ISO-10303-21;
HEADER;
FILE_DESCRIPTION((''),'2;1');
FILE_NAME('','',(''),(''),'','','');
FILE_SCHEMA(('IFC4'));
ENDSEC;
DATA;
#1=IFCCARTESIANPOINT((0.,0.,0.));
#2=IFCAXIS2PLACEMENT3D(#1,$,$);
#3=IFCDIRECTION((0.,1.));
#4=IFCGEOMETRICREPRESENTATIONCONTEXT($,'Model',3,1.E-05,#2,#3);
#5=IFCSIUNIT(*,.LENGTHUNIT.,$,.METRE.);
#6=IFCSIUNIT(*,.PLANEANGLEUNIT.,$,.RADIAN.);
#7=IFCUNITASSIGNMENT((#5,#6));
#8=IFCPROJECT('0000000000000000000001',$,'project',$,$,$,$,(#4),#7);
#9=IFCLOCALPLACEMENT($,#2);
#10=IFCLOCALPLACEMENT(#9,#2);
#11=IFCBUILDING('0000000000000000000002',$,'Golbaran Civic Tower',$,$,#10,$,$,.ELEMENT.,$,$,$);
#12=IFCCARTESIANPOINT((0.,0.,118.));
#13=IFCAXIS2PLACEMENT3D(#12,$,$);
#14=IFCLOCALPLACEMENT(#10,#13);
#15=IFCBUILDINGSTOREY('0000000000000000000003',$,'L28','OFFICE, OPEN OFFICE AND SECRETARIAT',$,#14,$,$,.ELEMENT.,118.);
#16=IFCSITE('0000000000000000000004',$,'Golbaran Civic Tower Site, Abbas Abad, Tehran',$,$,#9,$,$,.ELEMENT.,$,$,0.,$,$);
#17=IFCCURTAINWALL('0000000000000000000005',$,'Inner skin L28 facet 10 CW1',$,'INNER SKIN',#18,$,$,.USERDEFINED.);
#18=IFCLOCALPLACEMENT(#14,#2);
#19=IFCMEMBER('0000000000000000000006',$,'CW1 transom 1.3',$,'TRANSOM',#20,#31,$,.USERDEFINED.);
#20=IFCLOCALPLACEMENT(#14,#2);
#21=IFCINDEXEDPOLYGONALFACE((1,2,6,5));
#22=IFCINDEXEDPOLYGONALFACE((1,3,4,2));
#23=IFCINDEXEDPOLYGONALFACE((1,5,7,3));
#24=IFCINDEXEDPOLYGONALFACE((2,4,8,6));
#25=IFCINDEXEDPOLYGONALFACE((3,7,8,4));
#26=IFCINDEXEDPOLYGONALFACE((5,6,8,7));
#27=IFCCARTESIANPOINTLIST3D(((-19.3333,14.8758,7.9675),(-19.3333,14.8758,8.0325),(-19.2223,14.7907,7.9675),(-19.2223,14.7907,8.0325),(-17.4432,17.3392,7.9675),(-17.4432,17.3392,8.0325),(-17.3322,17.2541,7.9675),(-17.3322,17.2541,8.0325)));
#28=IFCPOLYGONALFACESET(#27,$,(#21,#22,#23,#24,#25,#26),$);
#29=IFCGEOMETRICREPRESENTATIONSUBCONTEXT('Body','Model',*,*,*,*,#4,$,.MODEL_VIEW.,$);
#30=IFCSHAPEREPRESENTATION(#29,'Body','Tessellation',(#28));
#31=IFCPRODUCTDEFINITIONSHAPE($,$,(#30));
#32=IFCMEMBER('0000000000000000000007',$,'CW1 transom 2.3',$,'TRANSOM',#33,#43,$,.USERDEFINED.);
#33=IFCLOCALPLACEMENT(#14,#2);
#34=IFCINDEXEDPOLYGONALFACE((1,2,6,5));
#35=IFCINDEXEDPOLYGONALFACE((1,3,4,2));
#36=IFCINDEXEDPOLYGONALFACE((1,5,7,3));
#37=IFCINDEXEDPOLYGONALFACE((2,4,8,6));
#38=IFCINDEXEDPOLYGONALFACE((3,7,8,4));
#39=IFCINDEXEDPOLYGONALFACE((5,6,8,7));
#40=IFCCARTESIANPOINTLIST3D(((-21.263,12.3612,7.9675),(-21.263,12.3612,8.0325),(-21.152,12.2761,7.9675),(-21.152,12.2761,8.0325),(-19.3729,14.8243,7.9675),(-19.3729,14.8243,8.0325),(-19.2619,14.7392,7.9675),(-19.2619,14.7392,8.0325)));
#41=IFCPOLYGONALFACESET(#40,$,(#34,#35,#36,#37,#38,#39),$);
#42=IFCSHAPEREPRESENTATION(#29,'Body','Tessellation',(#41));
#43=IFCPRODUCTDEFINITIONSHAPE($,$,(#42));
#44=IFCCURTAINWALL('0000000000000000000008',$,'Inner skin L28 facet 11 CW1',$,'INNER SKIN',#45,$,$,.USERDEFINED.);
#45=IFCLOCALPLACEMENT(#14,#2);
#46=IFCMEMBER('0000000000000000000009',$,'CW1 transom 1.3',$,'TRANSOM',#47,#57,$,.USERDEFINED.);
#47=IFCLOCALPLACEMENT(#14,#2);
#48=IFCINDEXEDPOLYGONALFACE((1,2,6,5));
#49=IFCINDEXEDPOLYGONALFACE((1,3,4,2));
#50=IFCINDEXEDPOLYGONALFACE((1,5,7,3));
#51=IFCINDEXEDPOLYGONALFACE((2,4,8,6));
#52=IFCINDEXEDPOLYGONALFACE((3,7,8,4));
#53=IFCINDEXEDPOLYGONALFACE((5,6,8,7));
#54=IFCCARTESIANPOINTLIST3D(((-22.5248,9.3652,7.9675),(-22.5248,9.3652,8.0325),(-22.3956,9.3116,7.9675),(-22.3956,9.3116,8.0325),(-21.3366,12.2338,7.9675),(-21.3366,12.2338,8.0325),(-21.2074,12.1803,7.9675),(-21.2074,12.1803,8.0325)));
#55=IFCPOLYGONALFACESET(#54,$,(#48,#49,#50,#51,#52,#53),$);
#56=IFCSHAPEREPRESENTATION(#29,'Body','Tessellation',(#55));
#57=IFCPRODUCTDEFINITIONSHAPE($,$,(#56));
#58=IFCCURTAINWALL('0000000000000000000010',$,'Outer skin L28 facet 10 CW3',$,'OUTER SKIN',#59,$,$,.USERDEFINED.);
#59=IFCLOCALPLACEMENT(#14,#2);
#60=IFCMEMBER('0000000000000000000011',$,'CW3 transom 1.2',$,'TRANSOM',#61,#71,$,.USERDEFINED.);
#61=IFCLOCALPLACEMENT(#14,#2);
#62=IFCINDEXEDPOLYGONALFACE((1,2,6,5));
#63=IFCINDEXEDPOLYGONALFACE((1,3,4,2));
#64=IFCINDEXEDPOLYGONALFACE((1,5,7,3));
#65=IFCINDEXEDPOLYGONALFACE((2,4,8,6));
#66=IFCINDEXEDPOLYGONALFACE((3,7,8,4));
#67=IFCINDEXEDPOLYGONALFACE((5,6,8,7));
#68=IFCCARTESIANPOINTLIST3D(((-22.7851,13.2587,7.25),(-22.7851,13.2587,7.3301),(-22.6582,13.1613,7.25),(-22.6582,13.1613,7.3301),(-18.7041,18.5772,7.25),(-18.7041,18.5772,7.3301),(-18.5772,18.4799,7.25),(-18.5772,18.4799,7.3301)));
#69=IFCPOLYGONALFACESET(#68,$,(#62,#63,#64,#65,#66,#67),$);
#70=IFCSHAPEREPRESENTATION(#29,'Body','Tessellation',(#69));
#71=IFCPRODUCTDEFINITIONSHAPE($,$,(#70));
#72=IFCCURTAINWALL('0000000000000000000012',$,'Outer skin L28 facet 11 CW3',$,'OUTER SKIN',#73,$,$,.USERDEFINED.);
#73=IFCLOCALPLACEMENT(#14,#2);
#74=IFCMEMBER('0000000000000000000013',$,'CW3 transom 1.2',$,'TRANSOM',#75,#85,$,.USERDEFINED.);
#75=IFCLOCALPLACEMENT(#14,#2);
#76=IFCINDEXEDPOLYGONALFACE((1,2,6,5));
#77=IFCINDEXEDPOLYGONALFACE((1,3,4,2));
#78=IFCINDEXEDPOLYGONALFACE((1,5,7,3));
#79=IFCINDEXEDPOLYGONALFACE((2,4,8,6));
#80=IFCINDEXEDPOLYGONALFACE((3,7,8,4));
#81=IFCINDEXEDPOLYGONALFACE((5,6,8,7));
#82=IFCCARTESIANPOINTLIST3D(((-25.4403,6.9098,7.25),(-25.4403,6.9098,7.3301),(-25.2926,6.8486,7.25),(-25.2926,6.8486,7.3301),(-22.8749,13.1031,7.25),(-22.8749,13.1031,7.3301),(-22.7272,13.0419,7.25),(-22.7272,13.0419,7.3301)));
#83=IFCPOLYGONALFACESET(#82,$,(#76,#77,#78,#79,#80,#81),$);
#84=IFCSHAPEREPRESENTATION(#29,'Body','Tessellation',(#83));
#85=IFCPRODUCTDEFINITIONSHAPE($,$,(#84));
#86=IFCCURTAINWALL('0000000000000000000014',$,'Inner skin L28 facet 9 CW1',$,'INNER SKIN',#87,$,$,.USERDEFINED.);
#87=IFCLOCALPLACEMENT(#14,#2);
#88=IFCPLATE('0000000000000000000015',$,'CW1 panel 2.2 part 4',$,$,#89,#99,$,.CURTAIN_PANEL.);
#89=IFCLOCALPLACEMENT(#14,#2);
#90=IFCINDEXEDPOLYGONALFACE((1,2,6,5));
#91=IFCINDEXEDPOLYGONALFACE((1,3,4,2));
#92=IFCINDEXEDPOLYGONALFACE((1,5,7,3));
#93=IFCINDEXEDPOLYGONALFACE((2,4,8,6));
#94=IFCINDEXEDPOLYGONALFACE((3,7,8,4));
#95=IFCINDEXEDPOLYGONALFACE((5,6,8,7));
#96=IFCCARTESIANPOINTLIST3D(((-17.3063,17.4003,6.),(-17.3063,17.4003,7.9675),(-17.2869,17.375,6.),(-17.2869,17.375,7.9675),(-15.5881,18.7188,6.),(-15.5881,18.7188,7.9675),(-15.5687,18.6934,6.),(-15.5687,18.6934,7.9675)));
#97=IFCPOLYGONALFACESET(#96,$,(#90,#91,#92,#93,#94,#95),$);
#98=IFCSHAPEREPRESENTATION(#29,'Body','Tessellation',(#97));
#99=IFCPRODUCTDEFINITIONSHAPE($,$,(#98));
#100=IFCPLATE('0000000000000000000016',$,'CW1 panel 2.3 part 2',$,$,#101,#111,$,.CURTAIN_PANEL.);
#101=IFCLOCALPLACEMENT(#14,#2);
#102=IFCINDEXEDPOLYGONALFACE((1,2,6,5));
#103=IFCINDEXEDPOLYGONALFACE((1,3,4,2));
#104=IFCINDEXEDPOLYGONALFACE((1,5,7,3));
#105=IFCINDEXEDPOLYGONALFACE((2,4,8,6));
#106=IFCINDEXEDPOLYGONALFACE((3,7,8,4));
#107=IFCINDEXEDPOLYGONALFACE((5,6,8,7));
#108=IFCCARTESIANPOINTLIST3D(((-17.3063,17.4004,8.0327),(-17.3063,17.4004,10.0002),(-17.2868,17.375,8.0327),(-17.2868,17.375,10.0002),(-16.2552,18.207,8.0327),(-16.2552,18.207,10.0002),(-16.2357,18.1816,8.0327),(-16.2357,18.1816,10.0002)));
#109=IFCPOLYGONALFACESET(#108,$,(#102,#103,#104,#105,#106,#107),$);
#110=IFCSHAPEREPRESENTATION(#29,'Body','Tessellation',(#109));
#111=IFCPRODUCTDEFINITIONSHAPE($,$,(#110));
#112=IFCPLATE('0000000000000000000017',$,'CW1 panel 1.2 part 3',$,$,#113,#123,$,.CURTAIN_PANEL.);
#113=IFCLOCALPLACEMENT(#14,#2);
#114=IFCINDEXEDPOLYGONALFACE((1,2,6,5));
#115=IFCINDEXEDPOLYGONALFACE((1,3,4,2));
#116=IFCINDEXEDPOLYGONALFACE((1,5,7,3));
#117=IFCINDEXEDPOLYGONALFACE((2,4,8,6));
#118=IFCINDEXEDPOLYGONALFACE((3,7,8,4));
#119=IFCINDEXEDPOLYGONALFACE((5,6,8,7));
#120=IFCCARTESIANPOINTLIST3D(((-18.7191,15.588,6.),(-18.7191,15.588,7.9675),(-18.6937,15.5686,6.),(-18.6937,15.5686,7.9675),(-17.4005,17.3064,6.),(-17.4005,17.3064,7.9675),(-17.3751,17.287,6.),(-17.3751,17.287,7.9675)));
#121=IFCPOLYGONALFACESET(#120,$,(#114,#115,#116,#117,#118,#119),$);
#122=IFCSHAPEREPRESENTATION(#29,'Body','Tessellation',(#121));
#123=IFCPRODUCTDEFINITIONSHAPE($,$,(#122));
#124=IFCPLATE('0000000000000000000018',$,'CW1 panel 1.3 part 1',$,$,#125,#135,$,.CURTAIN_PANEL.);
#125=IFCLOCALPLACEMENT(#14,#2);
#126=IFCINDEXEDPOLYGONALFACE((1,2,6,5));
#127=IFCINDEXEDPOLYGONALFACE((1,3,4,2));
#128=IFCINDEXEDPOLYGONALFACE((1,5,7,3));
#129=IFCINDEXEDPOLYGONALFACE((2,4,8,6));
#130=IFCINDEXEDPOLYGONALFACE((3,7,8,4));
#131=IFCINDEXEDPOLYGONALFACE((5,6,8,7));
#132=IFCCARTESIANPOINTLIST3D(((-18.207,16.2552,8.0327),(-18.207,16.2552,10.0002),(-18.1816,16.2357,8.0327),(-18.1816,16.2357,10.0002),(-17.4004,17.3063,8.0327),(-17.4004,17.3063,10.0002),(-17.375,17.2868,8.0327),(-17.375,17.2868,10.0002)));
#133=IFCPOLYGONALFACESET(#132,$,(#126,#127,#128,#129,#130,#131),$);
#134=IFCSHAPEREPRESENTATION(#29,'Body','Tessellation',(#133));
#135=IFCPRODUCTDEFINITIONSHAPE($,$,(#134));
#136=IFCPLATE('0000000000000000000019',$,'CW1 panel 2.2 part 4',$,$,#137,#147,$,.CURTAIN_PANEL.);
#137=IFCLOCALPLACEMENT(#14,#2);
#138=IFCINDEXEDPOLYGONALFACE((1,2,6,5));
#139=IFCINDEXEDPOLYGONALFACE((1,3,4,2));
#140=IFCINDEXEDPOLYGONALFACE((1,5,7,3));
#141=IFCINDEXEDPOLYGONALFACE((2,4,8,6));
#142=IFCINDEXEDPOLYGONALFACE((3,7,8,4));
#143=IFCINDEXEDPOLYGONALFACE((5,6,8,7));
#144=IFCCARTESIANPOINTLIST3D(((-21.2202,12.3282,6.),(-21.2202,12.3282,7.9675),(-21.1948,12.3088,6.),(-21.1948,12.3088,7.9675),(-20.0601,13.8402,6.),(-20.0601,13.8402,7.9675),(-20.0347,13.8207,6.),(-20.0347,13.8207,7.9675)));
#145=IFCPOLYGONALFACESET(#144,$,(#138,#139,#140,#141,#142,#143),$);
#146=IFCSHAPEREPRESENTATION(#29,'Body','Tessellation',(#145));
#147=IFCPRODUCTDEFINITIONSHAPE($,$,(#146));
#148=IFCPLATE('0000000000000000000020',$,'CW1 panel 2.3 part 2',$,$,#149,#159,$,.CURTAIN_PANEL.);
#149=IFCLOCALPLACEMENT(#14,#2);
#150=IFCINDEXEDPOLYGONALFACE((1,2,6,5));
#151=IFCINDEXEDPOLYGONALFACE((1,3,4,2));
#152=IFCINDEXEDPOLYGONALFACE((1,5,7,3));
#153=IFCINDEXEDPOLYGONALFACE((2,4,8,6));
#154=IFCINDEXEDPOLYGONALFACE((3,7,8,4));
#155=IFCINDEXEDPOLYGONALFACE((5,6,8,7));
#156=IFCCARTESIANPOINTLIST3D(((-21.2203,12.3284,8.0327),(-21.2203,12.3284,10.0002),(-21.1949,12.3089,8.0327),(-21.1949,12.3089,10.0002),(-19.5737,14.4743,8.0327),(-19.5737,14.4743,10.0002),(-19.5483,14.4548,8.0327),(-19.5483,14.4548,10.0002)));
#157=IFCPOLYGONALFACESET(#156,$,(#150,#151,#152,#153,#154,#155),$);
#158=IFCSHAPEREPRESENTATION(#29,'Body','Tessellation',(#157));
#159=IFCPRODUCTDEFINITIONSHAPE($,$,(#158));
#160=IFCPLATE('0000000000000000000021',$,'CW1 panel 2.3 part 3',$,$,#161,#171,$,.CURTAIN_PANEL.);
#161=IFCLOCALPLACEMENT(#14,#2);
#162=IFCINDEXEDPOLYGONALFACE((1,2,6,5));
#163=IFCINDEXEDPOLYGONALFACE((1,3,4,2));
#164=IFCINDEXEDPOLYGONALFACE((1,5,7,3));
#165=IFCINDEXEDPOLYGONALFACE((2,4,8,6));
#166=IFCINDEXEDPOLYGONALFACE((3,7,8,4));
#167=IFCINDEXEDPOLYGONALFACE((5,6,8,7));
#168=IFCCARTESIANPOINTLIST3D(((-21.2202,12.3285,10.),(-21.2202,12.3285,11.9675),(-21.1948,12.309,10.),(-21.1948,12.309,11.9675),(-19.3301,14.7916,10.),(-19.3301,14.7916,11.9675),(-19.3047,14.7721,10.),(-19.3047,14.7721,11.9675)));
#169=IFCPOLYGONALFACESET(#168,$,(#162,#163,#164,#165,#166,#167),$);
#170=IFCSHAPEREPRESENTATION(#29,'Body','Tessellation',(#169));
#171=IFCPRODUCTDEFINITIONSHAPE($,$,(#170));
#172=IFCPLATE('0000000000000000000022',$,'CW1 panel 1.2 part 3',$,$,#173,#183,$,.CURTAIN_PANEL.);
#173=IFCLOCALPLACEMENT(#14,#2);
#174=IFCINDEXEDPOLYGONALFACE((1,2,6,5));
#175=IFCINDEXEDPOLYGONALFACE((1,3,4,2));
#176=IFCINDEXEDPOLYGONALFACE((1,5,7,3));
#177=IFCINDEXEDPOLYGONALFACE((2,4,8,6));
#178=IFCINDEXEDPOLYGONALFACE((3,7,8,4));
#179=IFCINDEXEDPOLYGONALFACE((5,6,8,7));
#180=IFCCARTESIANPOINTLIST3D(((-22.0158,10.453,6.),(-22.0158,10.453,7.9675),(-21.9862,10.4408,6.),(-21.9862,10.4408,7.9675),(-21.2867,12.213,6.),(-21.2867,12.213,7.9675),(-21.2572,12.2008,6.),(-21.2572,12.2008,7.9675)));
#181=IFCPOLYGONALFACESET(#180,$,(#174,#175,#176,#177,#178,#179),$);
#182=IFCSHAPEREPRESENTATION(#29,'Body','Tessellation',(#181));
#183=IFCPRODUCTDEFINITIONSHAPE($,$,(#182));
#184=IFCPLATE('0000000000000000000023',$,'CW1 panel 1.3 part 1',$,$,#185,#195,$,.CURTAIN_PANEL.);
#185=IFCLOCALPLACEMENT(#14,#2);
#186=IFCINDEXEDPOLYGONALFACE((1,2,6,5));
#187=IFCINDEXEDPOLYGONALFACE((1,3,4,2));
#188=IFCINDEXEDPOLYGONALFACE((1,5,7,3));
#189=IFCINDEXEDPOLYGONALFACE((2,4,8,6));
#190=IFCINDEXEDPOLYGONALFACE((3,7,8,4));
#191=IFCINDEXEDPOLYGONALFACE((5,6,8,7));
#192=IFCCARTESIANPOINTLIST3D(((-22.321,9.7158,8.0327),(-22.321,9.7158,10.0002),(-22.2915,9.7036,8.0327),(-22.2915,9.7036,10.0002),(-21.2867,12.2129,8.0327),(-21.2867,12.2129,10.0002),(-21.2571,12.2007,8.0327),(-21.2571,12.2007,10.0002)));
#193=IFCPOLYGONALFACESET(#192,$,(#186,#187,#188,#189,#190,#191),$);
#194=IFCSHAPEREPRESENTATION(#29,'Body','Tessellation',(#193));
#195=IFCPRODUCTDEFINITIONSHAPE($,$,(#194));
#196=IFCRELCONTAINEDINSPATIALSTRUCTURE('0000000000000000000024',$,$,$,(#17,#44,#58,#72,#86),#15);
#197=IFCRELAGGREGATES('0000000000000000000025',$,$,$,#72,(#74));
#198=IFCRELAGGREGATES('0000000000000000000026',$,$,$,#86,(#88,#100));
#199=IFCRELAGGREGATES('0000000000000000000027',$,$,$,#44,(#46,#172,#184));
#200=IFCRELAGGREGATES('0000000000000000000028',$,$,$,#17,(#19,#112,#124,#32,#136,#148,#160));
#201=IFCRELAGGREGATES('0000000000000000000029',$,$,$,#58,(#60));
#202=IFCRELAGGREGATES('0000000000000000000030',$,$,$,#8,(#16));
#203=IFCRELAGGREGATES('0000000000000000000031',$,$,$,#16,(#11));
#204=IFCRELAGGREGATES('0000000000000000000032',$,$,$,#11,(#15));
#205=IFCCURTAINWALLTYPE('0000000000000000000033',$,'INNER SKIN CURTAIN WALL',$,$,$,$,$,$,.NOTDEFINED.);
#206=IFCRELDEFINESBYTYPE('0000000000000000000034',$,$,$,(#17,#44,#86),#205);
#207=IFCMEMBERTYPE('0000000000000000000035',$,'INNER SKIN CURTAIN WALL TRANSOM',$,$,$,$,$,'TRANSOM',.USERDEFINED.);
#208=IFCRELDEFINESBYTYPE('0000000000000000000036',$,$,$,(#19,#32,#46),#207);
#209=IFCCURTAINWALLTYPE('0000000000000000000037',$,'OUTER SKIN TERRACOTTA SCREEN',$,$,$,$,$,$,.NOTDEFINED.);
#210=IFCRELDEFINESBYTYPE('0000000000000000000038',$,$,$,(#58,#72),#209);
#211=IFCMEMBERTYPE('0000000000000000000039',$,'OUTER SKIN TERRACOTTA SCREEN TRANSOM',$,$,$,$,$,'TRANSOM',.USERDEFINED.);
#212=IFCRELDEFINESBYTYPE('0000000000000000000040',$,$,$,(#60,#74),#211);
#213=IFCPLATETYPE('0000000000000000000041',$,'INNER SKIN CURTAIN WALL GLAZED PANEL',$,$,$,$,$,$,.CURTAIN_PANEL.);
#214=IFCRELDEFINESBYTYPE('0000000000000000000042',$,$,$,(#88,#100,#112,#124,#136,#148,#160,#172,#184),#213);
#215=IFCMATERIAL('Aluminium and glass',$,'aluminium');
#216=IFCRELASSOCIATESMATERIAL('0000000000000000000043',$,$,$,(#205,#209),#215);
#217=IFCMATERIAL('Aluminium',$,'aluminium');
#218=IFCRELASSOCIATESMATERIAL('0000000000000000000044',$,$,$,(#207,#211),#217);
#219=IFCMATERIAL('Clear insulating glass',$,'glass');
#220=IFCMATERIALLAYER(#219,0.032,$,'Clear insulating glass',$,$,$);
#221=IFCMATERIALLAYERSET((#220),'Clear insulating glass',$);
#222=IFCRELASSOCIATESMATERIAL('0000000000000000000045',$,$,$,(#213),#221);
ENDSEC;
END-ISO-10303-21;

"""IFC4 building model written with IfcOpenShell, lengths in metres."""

from ifc_helpers import new_model, si_unit, direction, frame, origin, origin_2d, place, context, subcontext, project, spatial, rectangle, extrude, material, layer, layer_set, material_profile, profile_set, type_object, element, aggregate, save


model = new_model("IFC4")

# Units and contexts
model_context = context("Model", 3, precision=1e-05, world=origin(), true_north=direction((0.0, 1.0)))
body_context = subcontext(model_context, "Body", "Model", "MODEL_VIEW")
ifc_project = project(units=[si_unit("LENGTHUNIT", "METRE"), si_unit("PLANEANGLEUNIT", "RADIAN")], contexts=[model_context])

# Site, building, storey
site_placement = place(None, origin())
site = spatial("IfcSite", under=ifc_project, at=site_placement, Name="Golbaran Civic Tower Site, Abbas Abad, Tehran", CompositionType="ELEMENT", RefElevation=0.0)
building_placement = place(site_placement, origin())
building = spatial("IfcBuilding", under=site, at=building_placement, Name="Golbaran Civic Tower", CompositionType="ELEMENT")
storey_placement = place(building_placement, frame((0.0, 0.0, 118.0)))
storey = spatial("IfcBuildingStorey", under=building, at=storey_placement, Name="L28", Description="OFFICE, OPEN OFFICE AND SECRETARIAT", CompositionType="ELEMENT", Elevation=118.0)

# Curtain wall, members
ifc_material_1 = material(Name="Aluminium and glass", Category="aluminium")
curtain_wall_type_1 = type_object("IfcCurtainWallType", Name="INNER SKIN CURTAIN WALL", PredefinedType="NOTDEFINED", material=ifc_material_1)
curtain_wall_1_placement = place(storey_placement, origin())
curtain_wall_1 = element("IfcCurtainWall", 1, at=curtain_wall_1_placement, inside=storey, type_object=curtain_wall_type_1, Name="Inner skin L28 facet 10 CW1", ObjectType="INNER SKIN", PredefinedType="USERDEFINED")
ifc_material_2 = material(Name="Aluminium", Category="aluminium")
ifc_material_profile_1 = material_profile(ifc_material_2, rectangle(XDim=0.1399, YDim=0.0649, at=origin_2d()), Name="INNER SKIN CURTAIN WALL TRANSOM")
ifc_profile_set_1 = profile_set([ifc_material_profile_1], Name="Aluminium")
member_type_1 = type_object("IfcMemberType", Name="INNER SKIN CURTAIN WALL TRANSOM", ElementType="TRANSOM", PredefinedType="USERDEFINED", material=ifc_profile_set_1)
member_1_placement = place(storey_placement, frame((-17.3877, 17.2966, 8.0), z_axis=(-0.608745, -0.793366, 0.0), x_axis=(0.793366, -0.608745, 0.0)))
member_1 = element("IfcMember", 2, at=member_1_placement, type_object=member_type_1, Name="CW1 transom 1.3", ObjectType="TRANSOM", PredefinedType="USERDEFINED", context=body_context, shape_type="SweptSolid", body=[
    extrude(rectangle(XDim=0.1399, YDim=0.0649, at=origin_2d()), origin(), (0.0, 0.0, 1.0), 3.105),
])
member_2_placement = place(storey_placement, frame((-19.3174, 14.7817, 8.0), z_axis=(-0.608783, -0.793337, 0.0), x_axis=(0.793337, -0.608783, 0.0)))
member_2 = element("IfcMember", 3, at=member_2_placement, type_object=member_type_1, Name="CW1 transom 2.3", ObjectType="TRANSOM", PredefinedType="USERDEFINED", context=body_context, shape_type="SweptSolid", body=[
    extrude(rectangle(XDim=0.1399, YDim=0.0649, at=origin_2d()), origin(), (0.0, 0.0, 1.0), 3.1047),
])

# Curtain walls, members
curtain_wall_2_placement = place(storey_placement, origin())
curtain_wall_2 = element("IfcCurtainWall", 4, at=curtain_wall_2_placement, inside=storey, type_object=curtain_wall_type_1, Name="Inner skin L28 facet 11 CW1", ObjectType="INNER SKIN", PredefinedType="USERDEFINED")
member_3_placement = place(storey_placement, frame((-21.272, 12.207, 8.0), z_axis=(-0.382683, -0.92388, 0.0), x_axis=(0.92388, -0.382683, 0.0)))
member_3 = element("IfcMember", 5, at=member_3_placement, type_object=member_type_1, Name="CW1 transom 1.3", ObjectType="TRANSOM", PredefinedType="USERDEFINED", context=body_context, shape_type="SweptSolid", body=[
    extrude(rectangle(XDim=0.1399, YDim=0.0649, at=origin_2d()), origin(), (0.0, 0.0, 1.0), 3.105),
])
curtain_wall_type_2 = type_object("IfcCurtainWallType", Name="OUTER SKIN TERRACOTTA SCREEN", PredefinedType="NOTDEFINED", material=ifc_material_1)
curtain_wall_3_placement = place(storey_placement, origin())
curtain_wall_3 = element("IfcCurtainWall", 6, at=curtain_wall_3_placement, inside=storey, type_object=curtain_wall_type_2, Name="Outer skin L28 facet 10 CW3", ObjectType="OUTER SKIN", PredefinedType="USERDEFINED")
ifc_material_profile_2 = material_profile(ifc_material_2, rectangle(XDim=0.1599, YDim=0.0801, at=origin_2d()), Name="OUTER SKIN TERRACOTTA SCREEN TRANSOM")
ifc_profile_set_2 = profile_set([ifc_material_profile_2], Name="Aluminium")
member_type_2 = type_object("IfcMemberType", Name="OUTER SKIN TERRACOTTA SCREEN TRANSOM", ElementType="TRANSOM", PredefinedType="USERDEFINED", material=ifc_profile_set_2)
member_4_placement = place(storey_placement, frame((-18.6406, 18.5286, 7.29), z_axis=(-0.608756, -0.793357, 0.0), x_axis=(0.793357, -0.608756, 0.0)))
member_4 = element("IfcMember", 7, at=member_4_placement, type_object=member_type_2, Name="CW3 transom 1.2", ObjectType="TRANSOM", PredefinedType="USERDEFINED", context=body_context, shape_type="SweptSolid", body=[
    extrude(rectangle(XDim=0.1599, YDim=0.0801, at=origin_2d()), origin(), (0.0, 0.0, 1.0), 6.7039),
])
curtain_wall_4_placement = place(storey_placement, origin())
curtain_wall_4 = element("IfcCurtainWall", 8, at=curtain_wall_4_placement, inside=storey, type_object=curtain_wall_type_2, Name="Outer skin L28 facet 11 CW3", ObjectType="OUTER SKIN", PredefinedType="USERDEFINED")
member_5_placement = place(storey_placement, frame((-22.801, 13.0725, 7.29), z_axis=(-0.382691, -0.923877, 0.0), x_axis=(0.923877, -0.382691, 0.0)))
member_5 = element("IfcMember", 9, at=member_5_placement, type_object=member_type_2, Name="CW3 transom 1.2", ObjectType="TRANSOM", PredefinedType="USERDEFINED", context=body_context, shape_type="SweptSolid", body=[
    extrude(rectangle(XDim=0.1599, YDim=0.0801, at=origin_2d()), origin(), (0.0, 0.0, 1.0), 6.7036),
])
aggregate(curtain_wall_4, [member_5])

# Curtain wall, plates
curtain_wall_5_placement = place(storey_placement, origin())
curtain_wall_5 = element("IfcCurtainWall", 10, at=curtain_wall_5_placement, inside=storey, type_object=curtain_wall_type_1, Name="Inner skin L28 facet 9 CW1", ObjectType="INNER SKIN", PredefinedType="USERDEFINED")
ifc_material_3 = material(Name="Clear insulating glass", Category="glass")
ifc_layer_1 = layer(ifc_material_3, 0.032, Name="Clear insulating glass")
ifc_layer_set_1 = layer_set([ifc_layer_1], Name="Clear insulating glass")
plate_type_1 = type_object("IfcPlateType", Name="INNER SKIN CURTAIN WALL GLAZED PANEL", PredefinedType="CURTAIN_PANEL", material=ifc_layer_set_1)
plate_1_placement = place(storey_placement, frame((-16.4375, 18.0469, 6.0), z_axis=(0.0, 0.0, 1.0), x_axis=(-0.793353, -0.608761, 0.0)))
plate_1 = element("IfcPlate", 11, at=plate_1_placement, type_object=plate_type_1, Name="CW1 panel 2.2 part 4", PredefinedType="CURTAIN_PANEL", context=body_context, shape_type="SweptSolid", body=[
    extrude(rectangle(XDim=2.1658, YDim=0.032, at=origin_2d()), origin(), (0.0, 0.0, 1.0), 1.9675),
])
plate_2_placement = place(storey_placement, frame((-16.771, 17.791, 8.0327), z_axis=(0.0, 0.0, 1.0), x_axis=(-0.793353, -0.608761, 0.0)))
plate_2 = element("IfcPlate", 12, at=plate_2_placement, type_object=plate_type_1, Name="CW1 panel 2.3 part 2", PredefinedType="CURTAIN_PANEL", context=body_context, shape_type="SweptSolid", body=[
    extrude(rectangle(XDim=1.325, YDim=0.032, at=origin_2d()), origin(), (0.0, 0.0, 1.0), 1.9675),
])
aggregate(curtain_wall_5, [plate_1, plate_2])

# Plates
plate_3_placement = place(storey_placement, frame((-18.0471, 16.4375, 6.0), z_axis=(0.0, 0.0, 1.0), x_axis=(-0.608761, -0.793353, 0.0)))
plate_3 = element("IfcPlate", 13, at=plate_3_placement, type_object=plate_type_1, Name="CW1 panel 1.2 part 3", PredefinedType="CURTAIN_PANEL", context=body_context, shape_type="SweptSolid", body=[
    extrude(rectangle(XDim=2.166, YDim=0.032, at=origin_2d()), origin(), (0.0, 0.0, 1.0), 1.9675),
])
plate_4_placement = place(storey_placement, frame((-17.791, 16.771, 8.0327), z_axis=(0.0, 0.0, 1.0), x_axis=(-0.608761, -0.793353, 0.0)))
plate_4 = element("IfcPlate", 14, at=plate_4_placement, type_object=plate_type_1, Name="CW1 panel 1.3 part 1", PredefinedType="CURTAIN_PANEL", context=body_context, shape_type="SweptSolid", body=[
    extrude(rectangle(XDim=1.325, YDim=0.032, at=origin_2d()), origin(), (0.0, 0.0, 1.0), 1.9675),
])
plate_5_placement = place(storey_placement, frame((-20.6274, 13.0745, 6.0), z_axis=(0.0, 0.0, 1.0), x_axis=(-0.608761, -0.793353, 0.0)))
plate_5 = element("IfcPlate", 15, at=plate_5_placement, type_object=plate_type_1, Name="CW1 panel 2.2 part 4", PredefinedType="CURTAIN_PANEL", context=body_context, shape_type="SweptSolid", body=[
    extrude(rectangle(XDim=1.9058, YDim=0.032, at=origin_2d()), origin(), (0.0, 0.0, 1.0), 1.9675),
])
plate_6_placement = place(storey_placement, frame((-20.3843, 13.3916, 8.0327), z_axis=(0.0, 0.0, 1.0), x_axis=(-0.608761, -0.793353, 0.0)))
plate_6 = element("IfcPlate", 16, at=plate_6_placement, type_object=plate_type_1, Name="CW1 panel 2.3 part 2", PredefinedType="CURTAIN_PANEL", context=body_context, shape_type="SweptSolid", body=[
    extrude(rectangle(XDim=2.7048, YDim=0.032, at=origin_2d()), origin(), (0.0, 0.0, 1.0), 1.9675),
])
plate_7_placement = place(storey_placement, frame((-20.2625, 13.5503, 10.0), z_axis=(0.0, 0.0, 1.0), x_axis=(-0.608761, -0.793353, 0.0)))
plate_7 = element("IfcPlate", 17, at=plate_7_placement, type_object=plate_type_1, Name="CW1 panel 2.3 part 3", PredefinedType="CURTAIN_PANEL", context=body_context, shape_type="SweptSolid", body=[
    extrude(rectangle(XDim=3.1047, YDim=0.032, at=origin_2d()), origin(), (0.0, 0.0, 1.0), 1.9675),
])
plate_8_placement = place(storey_placement, frame((-21.6365, 11.3269, 6.0), z_axis=(0.0, 0.0, 1.0), x_axis=(-0.382683, -0.92388, 0.0)))
plate_8 = element("IfcPlate", 18, at=plate_8_placement, type_object=plate_type_1, Name="CW1 panel 1.2 part 3", PredefinedType="CURTAIN_PANEL", context=body_context, shape_type="SweptSolid", body=[
    extrude(rectangle(XDim=1.905, YDim=0.032, at=origin_2d()), origin(), (0.0, 0.0, 1.0), 1.9675),
])
plate_9_placement = place(storey_placement, frame((-21.7891, 10.9583, 8.0327), z_axis=(0.0, 0.0, 1.0), x_axis=(-0.382683, -0.92388, 0.0)))
plate_9 = element("IfcPlate", 19, at=plate_9_placement, type_object=plate_type_1, Name="CW1 panel 1.3 part 1", PredefinedType="CURTAIN_PANEL", context=body_context, shape_type="SweptSolid", body=[
    extrude(rectangle(XDim=2.7029, YDim=0.032, at=origin_2d()), origin(), (0.0, 0.0, 1.0), 1.9675),
])
aggregate(curtain_wall_2, [member_3, plate_8, plate_9])
aggregate(curtain_wall_1, [member_1, plate_3, plate_4, member_2, plate_5, plate_6, plate_7])
aggregate(curtain_wall_3, [member_4])

save(model, "model.ifc")
